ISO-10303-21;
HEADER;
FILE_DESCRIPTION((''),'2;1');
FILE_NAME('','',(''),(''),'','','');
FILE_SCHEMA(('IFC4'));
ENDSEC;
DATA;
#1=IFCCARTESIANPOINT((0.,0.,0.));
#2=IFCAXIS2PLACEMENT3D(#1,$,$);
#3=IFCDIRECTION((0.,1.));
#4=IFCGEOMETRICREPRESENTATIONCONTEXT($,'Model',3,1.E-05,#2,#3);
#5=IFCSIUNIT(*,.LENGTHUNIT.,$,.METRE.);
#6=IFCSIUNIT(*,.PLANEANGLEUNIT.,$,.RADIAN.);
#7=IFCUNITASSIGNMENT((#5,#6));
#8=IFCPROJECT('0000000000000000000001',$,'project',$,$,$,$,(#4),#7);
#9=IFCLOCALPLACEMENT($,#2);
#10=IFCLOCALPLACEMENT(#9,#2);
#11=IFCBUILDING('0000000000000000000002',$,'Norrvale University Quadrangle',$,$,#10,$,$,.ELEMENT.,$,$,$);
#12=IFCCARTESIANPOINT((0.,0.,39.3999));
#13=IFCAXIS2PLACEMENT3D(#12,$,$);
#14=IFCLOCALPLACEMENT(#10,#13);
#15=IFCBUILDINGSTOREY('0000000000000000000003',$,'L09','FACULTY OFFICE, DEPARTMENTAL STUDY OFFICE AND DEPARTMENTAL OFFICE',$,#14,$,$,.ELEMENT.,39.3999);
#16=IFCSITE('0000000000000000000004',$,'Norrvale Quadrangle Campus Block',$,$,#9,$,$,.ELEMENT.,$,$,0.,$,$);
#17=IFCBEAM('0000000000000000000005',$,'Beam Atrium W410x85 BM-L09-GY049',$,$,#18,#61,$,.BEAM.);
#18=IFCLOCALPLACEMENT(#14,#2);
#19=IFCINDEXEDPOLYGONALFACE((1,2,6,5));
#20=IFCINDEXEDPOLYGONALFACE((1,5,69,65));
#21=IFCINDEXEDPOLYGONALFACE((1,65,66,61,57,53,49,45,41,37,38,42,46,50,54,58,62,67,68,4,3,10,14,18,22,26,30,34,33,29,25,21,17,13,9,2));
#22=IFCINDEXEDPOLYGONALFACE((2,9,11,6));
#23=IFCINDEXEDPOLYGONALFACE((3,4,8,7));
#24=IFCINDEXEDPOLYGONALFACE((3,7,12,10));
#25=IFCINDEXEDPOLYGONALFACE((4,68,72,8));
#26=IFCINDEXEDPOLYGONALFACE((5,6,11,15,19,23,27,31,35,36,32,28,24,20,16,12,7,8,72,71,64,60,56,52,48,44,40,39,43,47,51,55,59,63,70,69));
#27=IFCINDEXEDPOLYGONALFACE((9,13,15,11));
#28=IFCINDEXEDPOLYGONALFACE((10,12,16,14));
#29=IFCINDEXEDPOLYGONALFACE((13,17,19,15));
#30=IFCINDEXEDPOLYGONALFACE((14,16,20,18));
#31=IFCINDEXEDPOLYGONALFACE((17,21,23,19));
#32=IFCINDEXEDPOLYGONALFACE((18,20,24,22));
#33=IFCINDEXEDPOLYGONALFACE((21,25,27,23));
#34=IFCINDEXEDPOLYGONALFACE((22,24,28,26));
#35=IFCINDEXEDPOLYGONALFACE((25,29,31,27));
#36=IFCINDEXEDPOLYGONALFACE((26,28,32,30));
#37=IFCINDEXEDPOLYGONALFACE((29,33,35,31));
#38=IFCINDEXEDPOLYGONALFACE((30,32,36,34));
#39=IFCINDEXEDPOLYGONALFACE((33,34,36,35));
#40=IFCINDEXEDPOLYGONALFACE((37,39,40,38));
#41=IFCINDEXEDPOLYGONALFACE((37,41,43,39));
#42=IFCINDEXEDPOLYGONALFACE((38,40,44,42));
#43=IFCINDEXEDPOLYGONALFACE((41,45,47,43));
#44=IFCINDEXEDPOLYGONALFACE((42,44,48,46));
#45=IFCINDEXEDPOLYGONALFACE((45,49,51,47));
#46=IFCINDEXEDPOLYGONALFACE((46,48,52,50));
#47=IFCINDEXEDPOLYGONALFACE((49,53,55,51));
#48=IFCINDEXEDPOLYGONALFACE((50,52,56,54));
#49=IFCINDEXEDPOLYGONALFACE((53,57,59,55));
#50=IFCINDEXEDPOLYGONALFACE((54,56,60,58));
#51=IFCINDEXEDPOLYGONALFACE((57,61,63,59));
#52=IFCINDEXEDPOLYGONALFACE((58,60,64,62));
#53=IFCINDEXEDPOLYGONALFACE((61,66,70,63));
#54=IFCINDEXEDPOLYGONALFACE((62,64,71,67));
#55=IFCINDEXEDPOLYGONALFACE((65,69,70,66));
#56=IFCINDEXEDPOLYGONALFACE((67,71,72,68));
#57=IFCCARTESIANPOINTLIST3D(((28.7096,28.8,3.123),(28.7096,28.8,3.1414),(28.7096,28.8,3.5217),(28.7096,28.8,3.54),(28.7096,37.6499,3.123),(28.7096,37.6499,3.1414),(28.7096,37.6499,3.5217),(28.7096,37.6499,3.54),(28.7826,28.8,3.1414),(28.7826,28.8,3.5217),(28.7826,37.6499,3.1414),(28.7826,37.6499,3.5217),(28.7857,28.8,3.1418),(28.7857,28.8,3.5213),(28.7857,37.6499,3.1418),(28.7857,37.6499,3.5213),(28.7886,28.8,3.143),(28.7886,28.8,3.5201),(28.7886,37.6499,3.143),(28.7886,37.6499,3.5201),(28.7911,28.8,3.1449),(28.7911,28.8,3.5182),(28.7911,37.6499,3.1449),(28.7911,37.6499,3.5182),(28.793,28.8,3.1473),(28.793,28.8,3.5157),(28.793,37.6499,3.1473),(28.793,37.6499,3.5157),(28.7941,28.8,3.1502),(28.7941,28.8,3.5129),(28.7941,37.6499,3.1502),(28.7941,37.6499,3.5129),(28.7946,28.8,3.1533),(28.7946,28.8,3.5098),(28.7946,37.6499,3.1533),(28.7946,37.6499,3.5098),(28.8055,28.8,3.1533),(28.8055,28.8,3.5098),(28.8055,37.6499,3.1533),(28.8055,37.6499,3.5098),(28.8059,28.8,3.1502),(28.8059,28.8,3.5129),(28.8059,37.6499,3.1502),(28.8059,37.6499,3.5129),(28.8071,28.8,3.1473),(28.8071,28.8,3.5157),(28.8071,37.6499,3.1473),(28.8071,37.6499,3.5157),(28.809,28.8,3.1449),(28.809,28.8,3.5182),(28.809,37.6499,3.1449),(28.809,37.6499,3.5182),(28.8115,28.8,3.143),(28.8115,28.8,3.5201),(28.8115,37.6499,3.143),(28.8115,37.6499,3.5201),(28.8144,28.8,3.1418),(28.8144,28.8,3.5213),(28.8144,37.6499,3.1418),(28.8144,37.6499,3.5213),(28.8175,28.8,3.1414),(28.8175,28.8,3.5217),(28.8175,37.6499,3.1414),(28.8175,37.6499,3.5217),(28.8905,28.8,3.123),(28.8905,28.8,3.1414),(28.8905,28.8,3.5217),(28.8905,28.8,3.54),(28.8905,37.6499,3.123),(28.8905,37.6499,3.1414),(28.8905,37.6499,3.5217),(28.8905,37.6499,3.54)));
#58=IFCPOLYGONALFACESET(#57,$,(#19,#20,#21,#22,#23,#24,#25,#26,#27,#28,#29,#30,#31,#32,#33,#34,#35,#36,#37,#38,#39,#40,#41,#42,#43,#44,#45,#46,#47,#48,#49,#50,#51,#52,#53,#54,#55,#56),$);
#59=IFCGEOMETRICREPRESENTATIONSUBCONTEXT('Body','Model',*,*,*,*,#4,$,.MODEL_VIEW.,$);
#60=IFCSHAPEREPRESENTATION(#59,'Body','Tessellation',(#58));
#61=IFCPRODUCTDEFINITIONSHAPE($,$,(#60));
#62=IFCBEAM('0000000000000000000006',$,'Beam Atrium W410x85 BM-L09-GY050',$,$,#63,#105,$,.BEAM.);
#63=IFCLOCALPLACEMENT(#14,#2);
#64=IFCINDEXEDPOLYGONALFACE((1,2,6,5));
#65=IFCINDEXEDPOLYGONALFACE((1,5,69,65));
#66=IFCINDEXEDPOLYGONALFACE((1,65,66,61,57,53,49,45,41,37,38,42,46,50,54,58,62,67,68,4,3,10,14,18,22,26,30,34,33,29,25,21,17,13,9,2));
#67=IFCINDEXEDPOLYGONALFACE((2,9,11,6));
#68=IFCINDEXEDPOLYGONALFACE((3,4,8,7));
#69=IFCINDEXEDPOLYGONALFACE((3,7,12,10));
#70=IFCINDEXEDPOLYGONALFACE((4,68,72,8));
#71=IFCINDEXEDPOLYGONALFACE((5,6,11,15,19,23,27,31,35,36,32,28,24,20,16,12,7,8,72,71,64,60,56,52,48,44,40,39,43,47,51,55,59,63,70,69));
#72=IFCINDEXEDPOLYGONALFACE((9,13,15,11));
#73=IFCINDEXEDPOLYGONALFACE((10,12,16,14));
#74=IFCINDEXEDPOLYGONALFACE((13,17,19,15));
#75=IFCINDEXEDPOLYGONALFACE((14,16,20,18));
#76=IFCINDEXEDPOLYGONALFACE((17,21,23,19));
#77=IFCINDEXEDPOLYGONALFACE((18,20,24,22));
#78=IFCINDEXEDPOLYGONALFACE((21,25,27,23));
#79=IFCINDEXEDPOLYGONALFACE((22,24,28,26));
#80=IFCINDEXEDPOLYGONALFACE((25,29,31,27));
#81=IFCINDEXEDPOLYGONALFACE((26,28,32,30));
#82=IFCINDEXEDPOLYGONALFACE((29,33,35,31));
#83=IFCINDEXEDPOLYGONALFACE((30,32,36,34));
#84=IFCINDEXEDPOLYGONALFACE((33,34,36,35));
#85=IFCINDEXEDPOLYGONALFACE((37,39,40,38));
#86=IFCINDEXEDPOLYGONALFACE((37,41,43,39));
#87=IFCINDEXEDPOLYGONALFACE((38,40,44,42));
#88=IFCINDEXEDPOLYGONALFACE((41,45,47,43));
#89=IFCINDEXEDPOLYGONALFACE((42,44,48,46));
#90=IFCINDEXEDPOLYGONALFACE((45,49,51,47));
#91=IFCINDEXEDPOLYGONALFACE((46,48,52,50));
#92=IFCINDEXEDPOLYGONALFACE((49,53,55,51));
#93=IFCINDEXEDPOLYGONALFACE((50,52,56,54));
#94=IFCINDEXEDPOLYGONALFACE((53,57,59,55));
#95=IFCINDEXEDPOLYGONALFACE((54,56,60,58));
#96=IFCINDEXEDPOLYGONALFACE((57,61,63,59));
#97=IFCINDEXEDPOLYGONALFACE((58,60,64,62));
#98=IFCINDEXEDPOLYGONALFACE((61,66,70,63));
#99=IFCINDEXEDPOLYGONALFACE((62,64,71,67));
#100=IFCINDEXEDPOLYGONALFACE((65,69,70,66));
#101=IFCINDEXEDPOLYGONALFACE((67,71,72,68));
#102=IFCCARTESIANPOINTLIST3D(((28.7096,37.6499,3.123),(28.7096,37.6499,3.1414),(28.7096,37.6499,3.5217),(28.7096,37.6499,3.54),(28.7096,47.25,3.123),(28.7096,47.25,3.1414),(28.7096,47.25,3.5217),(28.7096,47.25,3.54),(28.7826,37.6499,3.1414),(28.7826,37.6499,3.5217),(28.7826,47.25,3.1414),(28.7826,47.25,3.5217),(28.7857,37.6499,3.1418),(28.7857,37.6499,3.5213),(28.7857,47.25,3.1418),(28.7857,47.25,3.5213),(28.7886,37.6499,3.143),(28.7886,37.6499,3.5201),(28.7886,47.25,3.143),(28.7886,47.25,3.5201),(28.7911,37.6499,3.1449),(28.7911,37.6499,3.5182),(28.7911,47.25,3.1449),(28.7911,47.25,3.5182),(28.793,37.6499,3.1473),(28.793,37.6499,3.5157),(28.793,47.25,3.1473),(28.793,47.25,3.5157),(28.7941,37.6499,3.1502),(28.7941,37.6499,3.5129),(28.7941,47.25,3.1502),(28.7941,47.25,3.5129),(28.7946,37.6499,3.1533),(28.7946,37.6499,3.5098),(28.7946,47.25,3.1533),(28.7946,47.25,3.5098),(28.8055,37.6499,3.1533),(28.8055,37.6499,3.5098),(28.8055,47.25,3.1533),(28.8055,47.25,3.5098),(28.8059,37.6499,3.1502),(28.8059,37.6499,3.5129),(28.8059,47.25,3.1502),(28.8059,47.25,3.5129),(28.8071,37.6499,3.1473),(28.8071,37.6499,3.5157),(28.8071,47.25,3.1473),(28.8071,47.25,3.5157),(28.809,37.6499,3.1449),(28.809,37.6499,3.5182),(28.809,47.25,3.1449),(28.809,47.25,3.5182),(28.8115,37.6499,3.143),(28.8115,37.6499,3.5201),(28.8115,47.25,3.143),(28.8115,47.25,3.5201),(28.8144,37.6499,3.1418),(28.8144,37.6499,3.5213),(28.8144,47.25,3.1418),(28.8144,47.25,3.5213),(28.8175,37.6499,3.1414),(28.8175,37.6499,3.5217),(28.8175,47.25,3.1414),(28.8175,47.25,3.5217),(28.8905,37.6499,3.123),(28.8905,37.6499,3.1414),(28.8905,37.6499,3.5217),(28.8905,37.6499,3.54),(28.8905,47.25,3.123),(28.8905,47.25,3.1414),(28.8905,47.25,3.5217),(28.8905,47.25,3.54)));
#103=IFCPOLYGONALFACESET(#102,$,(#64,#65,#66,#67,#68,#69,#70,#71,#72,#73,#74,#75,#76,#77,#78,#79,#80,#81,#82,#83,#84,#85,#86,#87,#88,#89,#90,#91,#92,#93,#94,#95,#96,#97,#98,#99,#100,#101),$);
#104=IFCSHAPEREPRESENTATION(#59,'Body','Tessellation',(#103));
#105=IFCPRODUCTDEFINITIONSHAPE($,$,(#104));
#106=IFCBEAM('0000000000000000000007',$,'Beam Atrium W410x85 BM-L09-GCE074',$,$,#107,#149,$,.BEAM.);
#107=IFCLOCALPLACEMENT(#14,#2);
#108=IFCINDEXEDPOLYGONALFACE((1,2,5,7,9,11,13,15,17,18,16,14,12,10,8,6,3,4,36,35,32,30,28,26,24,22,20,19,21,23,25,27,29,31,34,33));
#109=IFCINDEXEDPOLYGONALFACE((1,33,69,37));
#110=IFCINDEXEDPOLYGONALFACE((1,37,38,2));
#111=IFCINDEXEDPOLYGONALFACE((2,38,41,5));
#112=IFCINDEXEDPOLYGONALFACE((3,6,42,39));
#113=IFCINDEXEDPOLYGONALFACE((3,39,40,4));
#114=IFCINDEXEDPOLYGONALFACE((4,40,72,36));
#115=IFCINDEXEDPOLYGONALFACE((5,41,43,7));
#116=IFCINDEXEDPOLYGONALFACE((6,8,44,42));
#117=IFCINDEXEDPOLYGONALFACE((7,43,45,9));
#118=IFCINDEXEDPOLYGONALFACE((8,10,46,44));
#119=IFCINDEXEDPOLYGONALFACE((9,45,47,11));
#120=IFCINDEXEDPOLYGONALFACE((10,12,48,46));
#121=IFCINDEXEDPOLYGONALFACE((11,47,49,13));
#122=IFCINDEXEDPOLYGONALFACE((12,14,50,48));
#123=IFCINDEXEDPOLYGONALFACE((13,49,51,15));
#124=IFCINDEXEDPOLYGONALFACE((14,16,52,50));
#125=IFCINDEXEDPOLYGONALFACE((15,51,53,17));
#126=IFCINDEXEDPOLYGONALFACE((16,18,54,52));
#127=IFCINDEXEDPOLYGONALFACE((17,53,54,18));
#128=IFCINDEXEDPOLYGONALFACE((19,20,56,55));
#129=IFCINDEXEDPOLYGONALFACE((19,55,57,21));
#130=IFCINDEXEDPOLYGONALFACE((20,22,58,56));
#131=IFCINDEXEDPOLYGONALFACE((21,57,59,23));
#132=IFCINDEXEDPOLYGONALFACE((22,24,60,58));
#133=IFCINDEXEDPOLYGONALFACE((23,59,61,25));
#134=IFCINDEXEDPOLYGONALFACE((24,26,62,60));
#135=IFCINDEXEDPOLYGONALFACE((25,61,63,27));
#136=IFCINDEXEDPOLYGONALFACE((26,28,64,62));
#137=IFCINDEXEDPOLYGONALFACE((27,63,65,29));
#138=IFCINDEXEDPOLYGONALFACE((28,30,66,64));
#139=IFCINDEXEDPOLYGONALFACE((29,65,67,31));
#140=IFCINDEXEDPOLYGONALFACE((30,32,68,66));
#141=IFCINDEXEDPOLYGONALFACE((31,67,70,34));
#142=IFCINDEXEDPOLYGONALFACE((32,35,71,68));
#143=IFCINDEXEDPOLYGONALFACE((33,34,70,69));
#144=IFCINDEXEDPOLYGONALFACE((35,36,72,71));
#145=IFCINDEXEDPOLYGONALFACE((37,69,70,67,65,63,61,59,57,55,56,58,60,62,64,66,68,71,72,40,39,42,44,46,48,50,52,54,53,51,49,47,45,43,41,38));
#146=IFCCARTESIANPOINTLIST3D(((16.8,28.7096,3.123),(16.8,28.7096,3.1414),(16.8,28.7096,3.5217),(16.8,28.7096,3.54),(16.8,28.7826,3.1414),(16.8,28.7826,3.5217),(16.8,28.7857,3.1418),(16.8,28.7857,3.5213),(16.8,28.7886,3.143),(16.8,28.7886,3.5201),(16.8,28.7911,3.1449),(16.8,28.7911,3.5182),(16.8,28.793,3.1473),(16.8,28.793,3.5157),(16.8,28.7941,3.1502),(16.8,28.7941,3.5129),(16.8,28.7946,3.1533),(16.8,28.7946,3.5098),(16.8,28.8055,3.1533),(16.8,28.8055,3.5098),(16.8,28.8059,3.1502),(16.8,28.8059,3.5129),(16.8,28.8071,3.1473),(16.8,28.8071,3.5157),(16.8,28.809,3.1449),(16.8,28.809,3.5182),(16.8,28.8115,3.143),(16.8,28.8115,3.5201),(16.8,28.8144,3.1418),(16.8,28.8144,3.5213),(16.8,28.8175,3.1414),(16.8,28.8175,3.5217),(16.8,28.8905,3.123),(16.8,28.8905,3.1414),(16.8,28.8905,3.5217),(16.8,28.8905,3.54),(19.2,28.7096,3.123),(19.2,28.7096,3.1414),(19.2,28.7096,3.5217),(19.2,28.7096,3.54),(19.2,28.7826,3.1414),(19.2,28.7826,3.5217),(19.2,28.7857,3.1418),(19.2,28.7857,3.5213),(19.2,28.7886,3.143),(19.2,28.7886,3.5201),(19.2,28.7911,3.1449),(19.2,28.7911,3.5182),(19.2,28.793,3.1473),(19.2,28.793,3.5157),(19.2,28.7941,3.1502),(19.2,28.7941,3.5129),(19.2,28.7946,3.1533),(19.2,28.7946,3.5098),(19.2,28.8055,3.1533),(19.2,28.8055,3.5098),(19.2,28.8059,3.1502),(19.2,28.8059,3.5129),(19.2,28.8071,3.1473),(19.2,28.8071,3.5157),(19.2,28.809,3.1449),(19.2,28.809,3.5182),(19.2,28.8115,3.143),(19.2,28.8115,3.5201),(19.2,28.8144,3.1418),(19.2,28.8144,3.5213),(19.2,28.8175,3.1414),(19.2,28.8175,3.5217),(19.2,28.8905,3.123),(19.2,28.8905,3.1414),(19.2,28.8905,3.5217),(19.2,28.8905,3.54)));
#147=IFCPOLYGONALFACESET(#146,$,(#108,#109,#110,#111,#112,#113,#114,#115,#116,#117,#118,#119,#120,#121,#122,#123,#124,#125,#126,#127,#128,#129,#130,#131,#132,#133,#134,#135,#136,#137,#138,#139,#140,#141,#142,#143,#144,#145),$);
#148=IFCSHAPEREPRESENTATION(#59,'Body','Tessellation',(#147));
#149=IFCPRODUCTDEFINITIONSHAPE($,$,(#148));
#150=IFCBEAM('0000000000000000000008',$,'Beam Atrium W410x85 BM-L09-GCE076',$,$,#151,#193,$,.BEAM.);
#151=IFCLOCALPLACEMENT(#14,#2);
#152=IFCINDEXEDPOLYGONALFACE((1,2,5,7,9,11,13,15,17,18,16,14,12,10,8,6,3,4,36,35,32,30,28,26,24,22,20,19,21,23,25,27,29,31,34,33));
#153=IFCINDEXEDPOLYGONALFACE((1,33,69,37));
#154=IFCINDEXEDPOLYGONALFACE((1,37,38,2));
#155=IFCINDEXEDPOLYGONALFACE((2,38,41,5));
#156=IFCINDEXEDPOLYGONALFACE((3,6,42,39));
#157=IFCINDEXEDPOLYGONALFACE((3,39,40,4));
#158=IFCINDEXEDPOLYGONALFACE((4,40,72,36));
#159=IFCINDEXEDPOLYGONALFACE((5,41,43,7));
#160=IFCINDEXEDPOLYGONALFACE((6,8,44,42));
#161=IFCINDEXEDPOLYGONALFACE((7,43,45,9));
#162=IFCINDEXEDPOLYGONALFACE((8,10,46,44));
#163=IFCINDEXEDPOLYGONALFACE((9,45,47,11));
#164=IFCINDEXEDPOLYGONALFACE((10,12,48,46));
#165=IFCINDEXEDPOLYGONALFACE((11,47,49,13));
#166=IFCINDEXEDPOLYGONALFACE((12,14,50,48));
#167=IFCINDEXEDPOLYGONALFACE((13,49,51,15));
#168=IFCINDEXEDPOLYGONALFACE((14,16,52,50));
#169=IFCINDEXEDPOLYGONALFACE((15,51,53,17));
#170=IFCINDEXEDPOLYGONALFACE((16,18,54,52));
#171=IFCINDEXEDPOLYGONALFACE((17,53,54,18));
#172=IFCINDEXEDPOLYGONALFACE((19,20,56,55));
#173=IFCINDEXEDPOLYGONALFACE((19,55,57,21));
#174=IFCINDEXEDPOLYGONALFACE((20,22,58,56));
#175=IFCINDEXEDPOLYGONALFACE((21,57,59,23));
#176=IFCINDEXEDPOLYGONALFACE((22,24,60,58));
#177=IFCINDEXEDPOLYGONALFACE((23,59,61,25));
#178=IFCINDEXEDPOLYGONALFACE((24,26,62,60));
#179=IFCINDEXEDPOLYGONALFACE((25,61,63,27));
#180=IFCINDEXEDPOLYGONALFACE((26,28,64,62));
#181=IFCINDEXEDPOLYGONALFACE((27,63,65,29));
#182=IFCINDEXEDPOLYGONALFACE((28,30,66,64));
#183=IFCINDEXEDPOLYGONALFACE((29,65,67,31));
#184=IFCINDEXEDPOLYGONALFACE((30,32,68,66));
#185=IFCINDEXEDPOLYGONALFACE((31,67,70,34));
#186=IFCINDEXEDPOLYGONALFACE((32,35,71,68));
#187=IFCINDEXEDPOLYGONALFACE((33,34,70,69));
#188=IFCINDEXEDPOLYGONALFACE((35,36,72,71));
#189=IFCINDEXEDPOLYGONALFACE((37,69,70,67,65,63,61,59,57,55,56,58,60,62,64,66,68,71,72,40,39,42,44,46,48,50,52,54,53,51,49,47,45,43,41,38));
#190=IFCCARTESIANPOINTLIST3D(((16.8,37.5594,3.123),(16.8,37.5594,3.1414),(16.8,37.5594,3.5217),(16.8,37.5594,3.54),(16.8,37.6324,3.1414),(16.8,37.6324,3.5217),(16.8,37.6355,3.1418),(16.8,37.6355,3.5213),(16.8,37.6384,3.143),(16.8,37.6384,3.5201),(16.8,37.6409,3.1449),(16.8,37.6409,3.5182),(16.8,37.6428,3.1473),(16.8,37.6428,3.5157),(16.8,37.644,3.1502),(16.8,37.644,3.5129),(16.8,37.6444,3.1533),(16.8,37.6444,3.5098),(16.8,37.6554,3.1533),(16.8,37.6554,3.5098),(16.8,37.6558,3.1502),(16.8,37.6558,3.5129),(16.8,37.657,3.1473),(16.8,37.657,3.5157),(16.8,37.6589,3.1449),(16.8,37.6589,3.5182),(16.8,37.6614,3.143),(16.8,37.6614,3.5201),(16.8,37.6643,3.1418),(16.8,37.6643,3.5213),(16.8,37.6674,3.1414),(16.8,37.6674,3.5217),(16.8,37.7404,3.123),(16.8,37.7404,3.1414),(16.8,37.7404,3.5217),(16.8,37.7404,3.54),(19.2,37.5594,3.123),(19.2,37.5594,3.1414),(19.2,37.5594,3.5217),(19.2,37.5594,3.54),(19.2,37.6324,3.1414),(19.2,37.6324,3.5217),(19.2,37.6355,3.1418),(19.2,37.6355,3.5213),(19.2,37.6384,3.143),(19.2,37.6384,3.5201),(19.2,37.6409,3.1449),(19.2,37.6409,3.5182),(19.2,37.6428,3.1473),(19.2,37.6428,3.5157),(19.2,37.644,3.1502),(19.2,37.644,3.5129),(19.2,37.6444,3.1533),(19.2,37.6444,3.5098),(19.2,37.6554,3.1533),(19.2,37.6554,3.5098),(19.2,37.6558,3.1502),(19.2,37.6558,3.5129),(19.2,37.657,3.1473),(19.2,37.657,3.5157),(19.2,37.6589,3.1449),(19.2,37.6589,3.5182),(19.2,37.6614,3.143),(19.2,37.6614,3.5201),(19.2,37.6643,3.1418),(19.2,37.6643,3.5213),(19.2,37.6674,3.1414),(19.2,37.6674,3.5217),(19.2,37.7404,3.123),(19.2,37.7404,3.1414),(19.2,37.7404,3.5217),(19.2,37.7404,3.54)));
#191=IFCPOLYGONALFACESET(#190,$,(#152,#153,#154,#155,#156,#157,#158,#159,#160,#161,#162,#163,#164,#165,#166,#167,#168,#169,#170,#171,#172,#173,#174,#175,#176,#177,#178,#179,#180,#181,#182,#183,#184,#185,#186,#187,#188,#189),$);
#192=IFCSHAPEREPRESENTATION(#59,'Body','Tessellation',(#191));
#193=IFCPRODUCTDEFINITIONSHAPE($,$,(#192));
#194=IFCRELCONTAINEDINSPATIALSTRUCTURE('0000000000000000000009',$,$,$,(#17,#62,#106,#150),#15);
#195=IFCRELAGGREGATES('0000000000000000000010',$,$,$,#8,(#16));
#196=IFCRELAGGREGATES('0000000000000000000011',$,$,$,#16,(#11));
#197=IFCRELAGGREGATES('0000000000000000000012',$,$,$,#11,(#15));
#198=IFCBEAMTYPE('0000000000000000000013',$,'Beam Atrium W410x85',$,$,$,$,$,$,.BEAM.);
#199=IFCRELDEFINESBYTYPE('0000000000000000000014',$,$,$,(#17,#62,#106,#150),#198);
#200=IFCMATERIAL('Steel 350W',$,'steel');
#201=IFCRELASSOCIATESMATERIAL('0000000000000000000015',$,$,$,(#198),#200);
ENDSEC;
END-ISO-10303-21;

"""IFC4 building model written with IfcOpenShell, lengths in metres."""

from ifc_helpers import new_model, si_unit, direction, frame, origin, origin_2d, place, context, subcontext, project, spatial, i_section, extrude, material, material_profile, profile_set, type_object, element, save


model = new_model("IFC4")

# Units and contexts
model_context = context("Model", 3, precision=1e-05, world=origin(), true_north=direction((0.0, 1.0)))
body_context = subcontext(model_context, "Body", "Model", "MODEL_VIEW")
ifc_project = project(units=[si_unit("LENGTHUNIT", "METRE"), si_unit("PLANEANGLEUNIT", "RADIAN")], contexts=[model_context])

# Site, building, storey
site_placement = place(None, origin())
site = spatial("IfcSite", under=ifc_project, at=site_placement, Name="Norrvale Quadrangle Campus Block", CompositionType="ELEMENT", RefElevation=0.0)
building_placement = place(site_placement, origin())
building = spatial("IfcBuilding", under=site, at=building_placement, Name="Norrvale University Quadrangle", CompositionType="ELEMENT")
storey_placement = place(building_placement, frame((0.0, 0.0, 39.3999)))
storey = spatial("IfcBuildingStorey", under=building, at=storey_placement, Name="L09", Description="FACULTY OFFICE, DEPARTMENTAL STUDY OFFICE AND DEPARTMENTAL OFFICE", CompositionType="ELEMENT", Elevation=39.3999)

# Beams
ifc_material_1 = material(Name="Steel 350W", Category="steel")
ifc_material_profile_1 = material_profile(ifc_material_1, i_section(OverallWidth=0.1809, OverallDepth=0.417, WebThickness=0.011, FlangeThickness=0.0183, FilletRadius=0.012, at=origin_2d()), Name="Steel 350W")
ifc_profile_set_1 = profile_set([ifc_material_profile_1], Name="Steel 350W")
beam_type_1 = type_object("IfcBeamType", Name="Beam Atrium W410x85", PredefinedType="BEAM", material=ifc_profile_set_1)
beam_1_placement = place(storey_placement, frame((28.8, 28.8, 3.3315), z_axis=(0.0, 1.0, 0.0), x_axis=(-1.0, 0.0, 0.0)))
element("IfcBeam", 1, at=beam_1_placement, inside=storey, type_object=beam_type_1, Name="Beam Atrium W410x85 BM-L09-GY049", PredefinedType="BEAM", context=body_context, shape_type="SweptSolid", body=[
    extrude(i_section(OverallWidth=0.1809, OverallDepth=0.417, WebThickness=0.011, FlangeThickness=0.0183, FilletRadius=0.012, at=origin_2d()), origin(), (0.0, 0.0, 1.0), 8.8499),
])
beam_2_placement = place(storey_placement, frame((28.8, 37.6499, 3.3315), z_axis=(0.0, 1.0, 0.0), x_axis=(-1.0, 0.0, 0.0)))
element("IfcBeam", 2, at=beam_2_placement, inside=storey, type_object=beam_type_1, Name="Beam Atrium W410x85 BM-L09-GY050", PredefinedType="BEAM", context=body_context, shape_type="SweptSolid", body=[
    extrude(i_section(OverallWidth=0.1809, OverallDepth=0.417, WebThickness=0.011, FlangeThickness=0.0183, FilletRadius=0.012, at=origin_2d()), origin(), (0.0, 0.0, 1.0), 9.6001),
])
for number, where, z_axis, x_axis, name in (
    (3, (16.8, 28.8, 3.3315), (1.0, 0.0, 0.0), (0.0, 1.0, 0.0), "Beam Atrium W410x85 BM-L09-GCE074"),
    (4, (16.8, 37.6499, 3.3315), (1.0, 0.0, 0.0), (0.0, 1.0, 0.0), "Beam Atrium W410x85 BM-L09-GCE076"),
):
    element("IfcBeam", number, at=place(storey_placement, frame(where, z_axis=z_axis, x_axis=x_axis)), inside=storey, type_object=beam_type_1, Name=name, PredefinedType="BEAM", context=body_context, shape_type="SweptSolid", body=[
        extrude(i_section(OverallWidth=0.1809, OverallDepth=0.417, WebThickness=0.011, FlangeThickness=0.0183, FilletRadius=0.012, at=origin_2d()), origin(), (0.0, 0.0, 1.0), 2.3999),
    ])

save(model, "model.ifc")
